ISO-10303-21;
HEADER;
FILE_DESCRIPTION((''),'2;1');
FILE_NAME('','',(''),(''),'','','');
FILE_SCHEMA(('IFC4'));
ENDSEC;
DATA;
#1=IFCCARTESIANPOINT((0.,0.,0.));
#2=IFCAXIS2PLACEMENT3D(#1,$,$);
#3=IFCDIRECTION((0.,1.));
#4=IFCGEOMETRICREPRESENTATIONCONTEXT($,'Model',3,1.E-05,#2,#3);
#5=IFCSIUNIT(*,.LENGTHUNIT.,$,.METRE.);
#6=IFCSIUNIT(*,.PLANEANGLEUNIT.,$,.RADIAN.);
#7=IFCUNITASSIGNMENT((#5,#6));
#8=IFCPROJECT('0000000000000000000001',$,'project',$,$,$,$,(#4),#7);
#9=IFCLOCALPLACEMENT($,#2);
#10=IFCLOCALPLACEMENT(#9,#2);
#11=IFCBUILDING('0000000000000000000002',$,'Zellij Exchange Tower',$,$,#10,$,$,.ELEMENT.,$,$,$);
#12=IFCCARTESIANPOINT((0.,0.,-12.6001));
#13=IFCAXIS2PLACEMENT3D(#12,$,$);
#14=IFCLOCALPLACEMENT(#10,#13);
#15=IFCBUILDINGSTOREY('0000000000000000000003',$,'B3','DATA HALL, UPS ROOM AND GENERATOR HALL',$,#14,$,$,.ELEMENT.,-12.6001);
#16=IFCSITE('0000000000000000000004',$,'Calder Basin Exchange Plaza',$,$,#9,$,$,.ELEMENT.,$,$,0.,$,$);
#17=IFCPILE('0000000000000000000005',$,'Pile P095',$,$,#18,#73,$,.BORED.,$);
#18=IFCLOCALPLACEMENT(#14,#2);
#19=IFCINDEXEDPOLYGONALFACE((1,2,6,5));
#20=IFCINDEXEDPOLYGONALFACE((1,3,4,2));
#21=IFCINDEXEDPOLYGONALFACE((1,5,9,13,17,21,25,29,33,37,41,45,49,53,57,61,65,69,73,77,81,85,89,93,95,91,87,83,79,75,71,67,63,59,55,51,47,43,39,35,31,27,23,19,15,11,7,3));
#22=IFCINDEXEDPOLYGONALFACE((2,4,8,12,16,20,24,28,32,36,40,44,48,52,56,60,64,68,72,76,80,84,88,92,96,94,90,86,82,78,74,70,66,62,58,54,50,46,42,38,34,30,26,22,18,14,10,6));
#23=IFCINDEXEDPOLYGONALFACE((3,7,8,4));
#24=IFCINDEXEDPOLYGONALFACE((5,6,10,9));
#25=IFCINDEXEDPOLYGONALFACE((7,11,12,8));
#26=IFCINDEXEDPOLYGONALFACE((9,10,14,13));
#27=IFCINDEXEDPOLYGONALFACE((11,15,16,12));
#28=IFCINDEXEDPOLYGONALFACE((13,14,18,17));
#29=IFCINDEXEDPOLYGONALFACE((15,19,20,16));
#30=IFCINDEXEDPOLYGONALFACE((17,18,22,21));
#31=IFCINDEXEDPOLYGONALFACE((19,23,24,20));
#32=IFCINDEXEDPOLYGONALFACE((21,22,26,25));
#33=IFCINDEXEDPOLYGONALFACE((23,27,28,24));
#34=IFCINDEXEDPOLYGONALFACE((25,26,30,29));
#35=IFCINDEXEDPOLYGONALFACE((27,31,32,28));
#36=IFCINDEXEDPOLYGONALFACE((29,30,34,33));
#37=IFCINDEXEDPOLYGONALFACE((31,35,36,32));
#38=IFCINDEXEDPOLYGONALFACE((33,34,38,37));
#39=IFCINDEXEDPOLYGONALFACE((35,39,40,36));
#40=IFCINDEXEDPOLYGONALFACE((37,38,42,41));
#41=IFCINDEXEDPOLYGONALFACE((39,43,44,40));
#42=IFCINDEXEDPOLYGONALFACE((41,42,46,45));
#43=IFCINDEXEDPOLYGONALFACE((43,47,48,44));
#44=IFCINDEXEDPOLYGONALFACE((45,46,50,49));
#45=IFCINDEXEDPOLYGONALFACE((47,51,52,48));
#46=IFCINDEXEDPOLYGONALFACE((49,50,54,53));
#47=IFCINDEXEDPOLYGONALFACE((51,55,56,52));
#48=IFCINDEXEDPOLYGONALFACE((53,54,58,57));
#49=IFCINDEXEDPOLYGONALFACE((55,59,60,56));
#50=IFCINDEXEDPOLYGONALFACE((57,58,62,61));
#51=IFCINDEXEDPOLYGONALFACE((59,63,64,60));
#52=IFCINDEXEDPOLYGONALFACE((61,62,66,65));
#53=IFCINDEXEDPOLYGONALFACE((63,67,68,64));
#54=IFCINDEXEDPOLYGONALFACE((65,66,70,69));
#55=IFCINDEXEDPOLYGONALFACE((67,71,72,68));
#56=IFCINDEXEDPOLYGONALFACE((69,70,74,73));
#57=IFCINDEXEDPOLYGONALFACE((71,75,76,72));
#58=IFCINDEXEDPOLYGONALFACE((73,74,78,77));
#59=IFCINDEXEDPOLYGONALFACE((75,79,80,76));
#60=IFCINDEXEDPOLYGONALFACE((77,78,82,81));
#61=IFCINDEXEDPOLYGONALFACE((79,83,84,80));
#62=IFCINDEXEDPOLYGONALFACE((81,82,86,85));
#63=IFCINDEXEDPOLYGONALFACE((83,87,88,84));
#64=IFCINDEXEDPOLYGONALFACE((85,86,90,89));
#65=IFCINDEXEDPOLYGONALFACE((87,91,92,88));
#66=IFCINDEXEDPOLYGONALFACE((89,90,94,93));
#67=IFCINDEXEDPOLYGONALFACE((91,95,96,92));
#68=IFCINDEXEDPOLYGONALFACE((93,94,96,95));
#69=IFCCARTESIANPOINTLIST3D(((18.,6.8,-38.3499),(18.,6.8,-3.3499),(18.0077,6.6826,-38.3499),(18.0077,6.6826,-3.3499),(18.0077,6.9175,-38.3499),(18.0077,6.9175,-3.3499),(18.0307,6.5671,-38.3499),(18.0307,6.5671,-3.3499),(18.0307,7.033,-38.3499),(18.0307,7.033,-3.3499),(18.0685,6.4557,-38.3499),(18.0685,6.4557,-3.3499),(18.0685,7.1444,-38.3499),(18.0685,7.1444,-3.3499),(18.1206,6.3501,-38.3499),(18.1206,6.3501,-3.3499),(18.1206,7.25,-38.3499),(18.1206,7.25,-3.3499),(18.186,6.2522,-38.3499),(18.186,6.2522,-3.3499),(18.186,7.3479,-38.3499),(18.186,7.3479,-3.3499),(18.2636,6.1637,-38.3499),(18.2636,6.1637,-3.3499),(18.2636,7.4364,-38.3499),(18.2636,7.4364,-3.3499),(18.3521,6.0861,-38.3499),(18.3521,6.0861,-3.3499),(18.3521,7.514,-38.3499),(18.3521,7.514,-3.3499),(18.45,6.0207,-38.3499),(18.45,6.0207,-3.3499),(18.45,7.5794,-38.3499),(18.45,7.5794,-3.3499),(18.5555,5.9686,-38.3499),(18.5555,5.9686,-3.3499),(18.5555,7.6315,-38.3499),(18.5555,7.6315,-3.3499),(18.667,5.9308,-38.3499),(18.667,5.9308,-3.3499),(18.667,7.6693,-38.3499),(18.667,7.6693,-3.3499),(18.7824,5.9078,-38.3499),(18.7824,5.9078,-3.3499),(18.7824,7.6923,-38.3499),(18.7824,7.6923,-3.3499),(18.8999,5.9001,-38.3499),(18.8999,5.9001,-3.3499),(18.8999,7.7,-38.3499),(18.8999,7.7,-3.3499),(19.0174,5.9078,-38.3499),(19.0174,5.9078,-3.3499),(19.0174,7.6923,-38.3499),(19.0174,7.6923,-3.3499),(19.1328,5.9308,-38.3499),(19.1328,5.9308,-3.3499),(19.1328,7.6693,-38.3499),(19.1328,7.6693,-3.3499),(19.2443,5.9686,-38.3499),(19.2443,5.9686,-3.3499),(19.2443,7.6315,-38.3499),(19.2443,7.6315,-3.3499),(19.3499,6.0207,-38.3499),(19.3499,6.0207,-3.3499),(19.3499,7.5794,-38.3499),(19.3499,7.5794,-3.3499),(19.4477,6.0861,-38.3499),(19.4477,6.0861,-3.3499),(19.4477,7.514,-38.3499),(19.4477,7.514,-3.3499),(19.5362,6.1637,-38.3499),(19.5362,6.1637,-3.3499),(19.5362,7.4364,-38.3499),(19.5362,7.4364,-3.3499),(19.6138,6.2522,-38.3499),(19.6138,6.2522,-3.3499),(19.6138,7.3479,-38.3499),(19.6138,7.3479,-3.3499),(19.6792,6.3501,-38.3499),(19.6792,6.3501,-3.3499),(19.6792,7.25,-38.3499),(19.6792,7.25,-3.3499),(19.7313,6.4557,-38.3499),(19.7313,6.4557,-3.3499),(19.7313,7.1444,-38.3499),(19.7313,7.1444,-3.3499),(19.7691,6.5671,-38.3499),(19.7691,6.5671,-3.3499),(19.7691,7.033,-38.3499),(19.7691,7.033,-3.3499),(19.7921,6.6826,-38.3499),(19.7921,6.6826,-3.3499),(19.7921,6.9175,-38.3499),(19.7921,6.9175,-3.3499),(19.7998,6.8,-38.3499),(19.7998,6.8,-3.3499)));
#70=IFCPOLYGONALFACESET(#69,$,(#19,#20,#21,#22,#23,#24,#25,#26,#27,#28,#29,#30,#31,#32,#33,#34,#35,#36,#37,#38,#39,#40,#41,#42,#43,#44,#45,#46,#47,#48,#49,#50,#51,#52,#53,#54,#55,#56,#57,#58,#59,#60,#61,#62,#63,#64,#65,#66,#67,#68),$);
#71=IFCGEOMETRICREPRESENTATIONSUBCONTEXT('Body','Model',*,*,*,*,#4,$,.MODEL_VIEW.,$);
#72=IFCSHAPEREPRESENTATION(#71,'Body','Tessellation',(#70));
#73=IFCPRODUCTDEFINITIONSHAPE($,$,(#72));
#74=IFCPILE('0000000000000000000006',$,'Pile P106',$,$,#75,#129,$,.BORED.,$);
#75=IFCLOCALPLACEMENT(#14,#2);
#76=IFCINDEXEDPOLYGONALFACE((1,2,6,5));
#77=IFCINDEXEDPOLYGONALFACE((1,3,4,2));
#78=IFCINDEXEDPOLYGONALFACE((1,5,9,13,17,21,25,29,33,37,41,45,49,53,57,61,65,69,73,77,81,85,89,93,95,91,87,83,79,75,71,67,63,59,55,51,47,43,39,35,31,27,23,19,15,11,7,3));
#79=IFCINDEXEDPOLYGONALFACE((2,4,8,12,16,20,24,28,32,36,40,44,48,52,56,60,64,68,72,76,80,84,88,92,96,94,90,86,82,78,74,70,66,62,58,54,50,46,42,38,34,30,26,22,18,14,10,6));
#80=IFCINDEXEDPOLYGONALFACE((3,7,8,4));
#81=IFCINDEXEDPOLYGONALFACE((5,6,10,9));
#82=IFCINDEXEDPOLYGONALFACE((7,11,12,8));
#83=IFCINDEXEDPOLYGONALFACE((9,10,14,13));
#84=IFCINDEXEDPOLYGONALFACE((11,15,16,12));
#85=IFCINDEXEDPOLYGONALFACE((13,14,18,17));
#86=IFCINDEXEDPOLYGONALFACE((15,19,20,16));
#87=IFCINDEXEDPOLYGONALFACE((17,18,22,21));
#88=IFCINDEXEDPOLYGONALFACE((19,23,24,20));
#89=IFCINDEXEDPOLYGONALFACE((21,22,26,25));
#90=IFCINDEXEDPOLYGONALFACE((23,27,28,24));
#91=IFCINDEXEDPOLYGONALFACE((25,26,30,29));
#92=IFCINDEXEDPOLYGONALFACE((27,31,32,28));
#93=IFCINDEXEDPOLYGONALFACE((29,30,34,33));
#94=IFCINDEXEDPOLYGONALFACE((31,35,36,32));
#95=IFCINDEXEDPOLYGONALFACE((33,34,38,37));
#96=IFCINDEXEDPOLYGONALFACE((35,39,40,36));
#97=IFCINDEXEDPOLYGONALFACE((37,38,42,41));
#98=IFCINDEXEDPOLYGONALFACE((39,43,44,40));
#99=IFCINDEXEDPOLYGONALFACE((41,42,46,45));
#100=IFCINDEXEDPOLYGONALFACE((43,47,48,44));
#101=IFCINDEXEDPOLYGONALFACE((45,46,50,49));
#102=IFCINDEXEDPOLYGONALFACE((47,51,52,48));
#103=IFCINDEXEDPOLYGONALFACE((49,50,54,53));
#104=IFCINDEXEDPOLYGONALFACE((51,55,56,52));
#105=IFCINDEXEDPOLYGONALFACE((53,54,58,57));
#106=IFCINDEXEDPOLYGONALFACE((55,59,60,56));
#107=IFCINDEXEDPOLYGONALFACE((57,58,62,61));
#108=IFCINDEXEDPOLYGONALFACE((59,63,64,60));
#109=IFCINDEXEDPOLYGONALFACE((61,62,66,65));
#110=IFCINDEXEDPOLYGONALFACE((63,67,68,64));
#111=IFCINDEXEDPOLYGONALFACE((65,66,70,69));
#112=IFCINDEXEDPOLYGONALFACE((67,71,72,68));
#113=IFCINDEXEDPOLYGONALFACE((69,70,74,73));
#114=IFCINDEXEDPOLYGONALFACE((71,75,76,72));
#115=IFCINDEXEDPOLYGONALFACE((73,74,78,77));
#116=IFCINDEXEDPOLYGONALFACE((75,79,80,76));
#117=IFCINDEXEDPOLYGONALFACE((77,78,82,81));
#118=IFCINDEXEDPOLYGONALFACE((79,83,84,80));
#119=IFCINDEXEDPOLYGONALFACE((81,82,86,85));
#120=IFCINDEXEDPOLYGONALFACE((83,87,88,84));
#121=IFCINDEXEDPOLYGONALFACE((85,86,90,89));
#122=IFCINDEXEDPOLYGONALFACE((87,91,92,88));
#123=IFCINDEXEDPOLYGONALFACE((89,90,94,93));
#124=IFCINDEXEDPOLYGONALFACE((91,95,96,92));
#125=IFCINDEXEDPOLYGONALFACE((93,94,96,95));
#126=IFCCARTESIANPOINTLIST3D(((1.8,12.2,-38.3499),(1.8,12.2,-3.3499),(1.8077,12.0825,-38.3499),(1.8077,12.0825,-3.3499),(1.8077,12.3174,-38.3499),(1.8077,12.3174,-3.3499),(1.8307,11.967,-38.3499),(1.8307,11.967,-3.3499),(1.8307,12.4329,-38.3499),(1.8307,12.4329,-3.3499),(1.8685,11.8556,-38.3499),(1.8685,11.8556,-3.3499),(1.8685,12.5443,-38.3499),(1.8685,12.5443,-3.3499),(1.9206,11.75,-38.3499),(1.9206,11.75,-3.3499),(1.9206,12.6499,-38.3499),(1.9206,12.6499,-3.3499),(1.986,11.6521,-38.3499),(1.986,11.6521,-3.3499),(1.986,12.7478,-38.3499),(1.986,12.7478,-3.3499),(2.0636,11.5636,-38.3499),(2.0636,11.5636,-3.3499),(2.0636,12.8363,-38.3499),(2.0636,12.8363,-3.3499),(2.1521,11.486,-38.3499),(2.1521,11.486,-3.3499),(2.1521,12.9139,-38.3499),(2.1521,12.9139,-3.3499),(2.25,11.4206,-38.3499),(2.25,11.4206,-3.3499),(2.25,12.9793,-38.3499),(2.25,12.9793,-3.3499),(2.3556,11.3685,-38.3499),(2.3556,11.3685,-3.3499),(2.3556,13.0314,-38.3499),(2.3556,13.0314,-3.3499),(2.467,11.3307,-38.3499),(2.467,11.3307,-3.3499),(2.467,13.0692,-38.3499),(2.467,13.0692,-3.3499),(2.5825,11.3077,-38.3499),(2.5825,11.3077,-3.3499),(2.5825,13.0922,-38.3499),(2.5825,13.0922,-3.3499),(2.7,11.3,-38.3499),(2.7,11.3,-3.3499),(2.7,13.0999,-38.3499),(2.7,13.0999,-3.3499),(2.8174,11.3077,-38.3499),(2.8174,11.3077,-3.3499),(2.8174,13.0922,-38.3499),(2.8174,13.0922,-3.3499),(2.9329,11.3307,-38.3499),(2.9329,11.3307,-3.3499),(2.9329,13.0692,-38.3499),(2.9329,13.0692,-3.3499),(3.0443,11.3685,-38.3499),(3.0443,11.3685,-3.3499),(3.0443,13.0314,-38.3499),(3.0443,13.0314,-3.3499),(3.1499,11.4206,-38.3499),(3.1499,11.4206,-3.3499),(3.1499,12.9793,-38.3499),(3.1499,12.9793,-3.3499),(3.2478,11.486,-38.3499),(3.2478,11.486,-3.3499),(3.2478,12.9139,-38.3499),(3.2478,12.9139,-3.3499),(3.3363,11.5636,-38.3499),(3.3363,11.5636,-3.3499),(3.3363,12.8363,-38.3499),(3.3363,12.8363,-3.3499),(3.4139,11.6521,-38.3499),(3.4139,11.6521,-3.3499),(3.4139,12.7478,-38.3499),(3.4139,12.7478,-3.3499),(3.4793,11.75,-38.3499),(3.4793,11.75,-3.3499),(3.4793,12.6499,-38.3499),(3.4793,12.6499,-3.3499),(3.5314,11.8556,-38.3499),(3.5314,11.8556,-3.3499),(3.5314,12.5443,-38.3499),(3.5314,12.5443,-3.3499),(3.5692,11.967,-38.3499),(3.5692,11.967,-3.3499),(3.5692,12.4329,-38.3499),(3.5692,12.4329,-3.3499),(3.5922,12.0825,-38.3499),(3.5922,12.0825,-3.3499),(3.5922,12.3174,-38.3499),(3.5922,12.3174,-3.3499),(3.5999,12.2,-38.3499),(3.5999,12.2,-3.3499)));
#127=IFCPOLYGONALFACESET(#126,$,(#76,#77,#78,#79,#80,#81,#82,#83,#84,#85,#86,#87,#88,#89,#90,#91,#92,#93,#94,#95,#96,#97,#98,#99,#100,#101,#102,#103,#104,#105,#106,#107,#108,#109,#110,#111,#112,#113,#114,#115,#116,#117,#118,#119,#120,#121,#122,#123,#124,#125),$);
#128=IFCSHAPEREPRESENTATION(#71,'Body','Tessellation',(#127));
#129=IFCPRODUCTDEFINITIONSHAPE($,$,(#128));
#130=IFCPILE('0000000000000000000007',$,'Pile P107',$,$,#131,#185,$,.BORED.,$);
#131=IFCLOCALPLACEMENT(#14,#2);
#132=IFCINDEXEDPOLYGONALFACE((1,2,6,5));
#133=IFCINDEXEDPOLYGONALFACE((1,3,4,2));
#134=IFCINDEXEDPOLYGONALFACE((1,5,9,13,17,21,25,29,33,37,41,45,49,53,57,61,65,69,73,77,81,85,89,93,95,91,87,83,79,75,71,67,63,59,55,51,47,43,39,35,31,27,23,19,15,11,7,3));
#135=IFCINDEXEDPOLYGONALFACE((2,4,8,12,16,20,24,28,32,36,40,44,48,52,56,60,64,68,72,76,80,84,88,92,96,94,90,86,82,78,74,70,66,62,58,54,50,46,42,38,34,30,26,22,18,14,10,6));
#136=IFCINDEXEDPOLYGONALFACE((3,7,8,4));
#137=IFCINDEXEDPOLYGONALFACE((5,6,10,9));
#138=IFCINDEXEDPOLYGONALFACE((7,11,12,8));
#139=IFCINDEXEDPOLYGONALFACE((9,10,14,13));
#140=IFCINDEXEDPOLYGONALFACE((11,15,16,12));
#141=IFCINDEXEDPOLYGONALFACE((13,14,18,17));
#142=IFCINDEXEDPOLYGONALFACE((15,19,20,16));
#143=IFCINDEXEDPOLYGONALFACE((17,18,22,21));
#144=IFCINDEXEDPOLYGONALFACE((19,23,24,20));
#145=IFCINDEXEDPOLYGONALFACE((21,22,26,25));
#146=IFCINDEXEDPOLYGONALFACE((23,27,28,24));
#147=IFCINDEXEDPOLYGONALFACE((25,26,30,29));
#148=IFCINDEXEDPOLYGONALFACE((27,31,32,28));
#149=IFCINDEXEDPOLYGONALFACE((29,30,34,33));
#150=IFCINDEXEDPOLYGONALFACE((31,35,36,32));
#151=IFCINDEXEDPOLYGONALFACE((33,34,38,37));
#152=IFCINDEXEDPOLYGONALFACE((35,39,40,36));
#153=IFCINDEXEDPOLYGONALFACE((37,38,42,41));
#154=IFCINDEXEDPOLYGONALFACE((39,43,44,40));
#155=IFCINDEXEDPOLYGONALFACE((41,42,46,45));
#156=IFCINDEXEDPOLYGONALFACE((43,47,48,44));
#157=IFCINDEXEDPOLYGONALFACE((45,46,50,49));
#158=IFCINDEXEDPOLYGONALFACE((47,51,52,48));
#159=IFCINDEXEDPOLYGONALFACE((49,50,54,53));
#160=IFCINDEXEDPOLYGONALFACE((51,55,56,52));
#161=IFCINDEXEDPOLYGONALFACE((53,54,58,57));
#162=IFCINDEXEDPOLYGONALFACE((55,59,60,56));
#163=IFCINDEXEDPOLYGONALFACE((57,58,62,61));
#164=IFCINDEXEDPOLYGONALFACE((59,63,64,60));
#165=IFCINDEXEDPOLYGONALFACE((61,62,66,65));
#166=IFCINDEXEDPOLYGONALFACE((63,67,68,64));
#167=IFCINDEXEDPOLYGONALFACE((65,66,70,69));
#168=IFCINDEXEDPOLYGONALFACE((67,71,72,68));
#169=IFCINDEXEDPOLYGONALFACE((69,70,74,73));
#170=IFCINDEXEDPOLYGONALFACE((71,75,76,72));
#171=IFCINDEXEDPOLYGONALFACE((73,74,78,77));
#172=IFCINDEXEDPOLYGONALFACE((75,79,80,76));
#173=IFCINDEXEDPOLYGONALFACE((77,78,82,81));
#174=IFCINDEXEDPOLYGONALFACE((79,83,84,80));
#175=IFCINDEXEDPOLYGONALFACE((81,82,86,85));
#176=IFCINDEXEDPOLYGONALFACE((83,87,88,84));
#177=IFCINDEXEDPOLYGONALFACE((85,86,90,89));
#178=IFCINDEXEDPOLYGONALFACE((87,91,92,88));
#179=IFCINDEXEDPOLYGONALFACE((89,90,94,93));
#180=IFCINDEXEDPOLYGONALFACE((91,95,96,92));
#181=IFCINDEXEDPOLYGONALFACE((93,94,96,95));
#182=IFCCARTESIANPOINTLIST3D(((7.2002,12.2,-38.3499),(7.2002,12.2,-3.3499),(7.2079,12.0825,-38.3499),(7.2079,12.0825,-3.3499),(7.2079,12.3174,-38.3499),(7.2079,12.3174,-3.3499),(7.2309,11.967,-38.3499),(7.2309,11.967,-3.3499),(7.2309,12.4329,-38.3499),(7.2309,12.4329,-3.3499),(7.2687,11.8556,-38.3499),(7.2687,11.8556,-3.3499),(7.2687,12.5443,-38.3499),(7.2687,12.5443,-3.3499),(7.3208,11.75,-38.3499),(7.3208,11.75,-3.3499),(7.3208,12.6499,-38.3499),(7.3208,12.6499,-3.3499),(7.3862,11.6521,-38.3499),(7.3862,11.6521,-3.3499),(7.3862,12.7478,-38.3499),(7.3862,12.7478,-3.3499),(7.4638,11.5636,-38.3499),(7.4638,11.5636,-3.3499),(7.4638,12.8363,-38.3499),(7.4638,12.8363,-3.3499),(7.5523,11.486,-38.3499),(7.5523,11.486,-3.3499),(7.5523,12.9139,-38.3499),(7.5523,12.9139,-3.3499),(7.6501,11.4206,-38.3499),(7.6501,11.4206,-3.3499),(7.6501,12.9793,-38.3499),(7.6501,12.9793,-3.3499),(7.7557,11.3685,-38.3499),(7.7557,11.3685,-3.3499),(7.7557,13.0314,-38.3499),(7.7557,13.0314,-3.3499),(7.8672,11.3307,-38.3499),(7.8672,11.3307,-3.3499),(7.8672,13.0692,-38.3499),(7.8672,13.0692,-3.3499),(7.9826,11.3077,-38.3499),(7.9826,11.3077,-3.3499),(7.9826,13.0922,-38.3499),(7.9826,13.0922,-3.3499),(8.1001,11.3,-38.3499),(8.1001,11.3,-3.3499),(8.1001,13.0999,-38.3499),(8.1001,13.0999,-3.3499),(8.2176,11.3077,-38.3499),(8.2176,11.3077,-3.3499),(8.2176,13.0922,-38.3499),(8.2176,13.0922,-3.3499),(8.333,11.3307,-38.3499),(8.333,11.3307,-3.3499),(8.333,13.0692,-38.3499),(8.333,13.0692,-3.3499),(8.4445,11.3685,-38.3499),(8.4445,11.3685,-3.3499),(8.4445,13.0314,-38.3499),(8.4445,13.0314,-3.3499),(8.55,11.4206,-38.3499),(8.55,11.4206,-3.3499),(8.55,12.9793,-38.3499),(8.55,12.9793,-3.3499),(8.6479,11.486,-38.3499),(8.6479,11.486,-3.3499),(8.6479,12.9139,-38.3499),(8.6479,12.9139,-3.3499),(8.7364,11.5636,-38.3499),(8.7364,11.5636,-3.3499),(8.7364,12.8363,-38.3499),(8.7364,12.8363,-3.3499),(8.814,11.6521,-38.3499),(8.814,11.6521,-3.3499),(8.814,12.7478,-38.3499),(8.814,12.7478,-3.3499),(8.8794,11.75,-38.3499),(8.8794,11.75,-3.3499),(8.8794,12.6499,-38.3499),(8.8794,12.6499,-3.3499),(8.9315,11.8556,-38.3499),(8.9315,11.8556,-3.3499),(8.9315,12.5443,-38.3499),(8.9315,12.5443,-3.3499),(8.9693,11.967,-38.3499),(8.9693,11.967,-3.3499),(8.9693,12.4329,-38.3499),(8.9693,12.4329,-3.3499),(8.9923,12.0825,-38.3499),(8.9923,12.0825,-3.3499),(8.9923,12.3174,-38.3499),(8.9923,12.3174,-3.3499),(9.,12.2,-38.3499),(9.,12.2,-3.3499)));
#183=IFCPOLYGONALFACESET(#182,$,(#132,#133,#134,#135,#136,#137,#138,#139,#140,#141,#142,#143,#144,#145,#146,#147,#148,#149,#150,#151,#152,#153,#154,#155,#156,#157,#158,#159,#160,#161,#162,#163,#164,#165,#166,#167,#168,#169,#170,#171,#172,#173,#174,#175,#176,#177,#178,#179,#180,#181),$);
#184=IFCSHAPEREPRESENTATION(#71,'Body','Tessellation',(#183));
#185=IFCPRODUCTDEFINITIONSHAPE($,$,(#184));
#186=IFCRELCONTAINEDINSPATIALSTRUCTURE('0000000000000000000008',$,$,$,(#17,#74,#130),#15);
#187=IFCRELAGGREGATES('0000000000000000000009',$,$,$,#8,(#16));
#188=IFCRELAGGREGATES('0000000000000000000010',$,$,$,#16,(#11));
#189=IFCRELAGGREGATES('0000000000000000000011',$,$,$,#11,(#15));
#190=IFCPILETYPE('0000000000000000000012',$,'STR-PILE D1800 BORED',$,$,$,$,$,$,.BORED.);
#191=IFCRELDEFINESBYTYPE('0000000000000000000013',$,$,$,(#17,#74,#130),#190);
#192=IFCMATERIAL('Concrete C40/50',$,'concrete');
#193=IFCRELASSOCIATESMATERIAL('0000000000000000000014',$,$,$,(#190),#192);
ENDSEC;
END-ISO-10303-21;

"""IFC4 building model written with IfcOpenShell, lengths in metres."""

from ifc_helpers import new_model, si_unit, direction, frame, origin, origin_2d, place, context, subcontext, project, spatial, circle, extrude, material, material_profile, profile_set, type_object, element, save


model = new_model("IFC4")

# Units and contexts
model_context = context("Model", 3, precision=1e-05, world=origin(), true_north=direction((0.0, 1.0)))
body_context = subcontext(model_context, "Body", "Model", "MODEL_VIEW")
ifc_project = project(units=[si_unit("LENGTHUNIT", "METRE"), si_unit("PLANEANGLEUNIT", "RADIAN")], contexts=[model_context])

# Site, building, storey
site_placement = place(None, origin())
site = spatial("IfcSite", under=ifc_project, at=site_placement, Name="Calder Basin Exchange Plaza", CompositionType="ELEMENT", RefElevation=0.0)
building_placement = place(site_placement, origin())
building = spatial("IfcBuilding", under=site, at=building_placement, Name="Zellij Exchange Tower", CompositionType="ELEMENT")
storey_placement = place(building_placement, frame((0.0, 0.0, -12.6001)))
storey = spatial("IfcBuildingStorey", under=building, at=storey_placement, Name="B3", Description="DATA HALL, UPS ROOM AND GENERATOR HALL", CompositionType="ELEMENT", Elevation=-12.6001)

# Piles
ifc_material_1 = material(Name="Concrete C40/50", Category="concrete")
ifc_material_profile_1 = material_profile(ifc_material_1, circle(Radius=0.8999, at=origin_2d()), Name="STR-PILE D1800 BORED")
ifc_profile_set_1 = profile_set([ifc_material_profile_1], Name="Concrete C40/50")
pile_type = type_object("IfcPileType", Name="STR-PILE D1800 BORED", PredefinedType="BORED", material=ifc_profile_set_1)
for number, where, z_axis, x_axis, name in (
    (1, (18.8999, 6.8, -3.3499), (0.0, 0.0, -1.0), (1.0, 0.0, 0.0), "Pile P095"),
    (2, (2.7, 12.2, -3.3499), (0.0, 0.0, -1.0), (1.0, 0.0, 0.0), "Pile P106"),
    (3, (8.1001, 12.2, -3.3499), (0.0, 0.0, -1.0), (1.0, 0.0, 0.0), "Pile P107"),
):
    element("IfcPile", number, at=place(storey_placement, frame(where, z_axis=z_axis, x_axis=x_axis)), inside=storey, type_object=pile_type, Name=name, PredefinedType="BORED", context=body_context, shape_type="SweptSolid", body=[
        extrude(circle(Radius=0.8999, at=origin_2d()), origin(), (0.0, 0.0, 1.0), 35.0),
    ])

save(model, "model.ifc")
